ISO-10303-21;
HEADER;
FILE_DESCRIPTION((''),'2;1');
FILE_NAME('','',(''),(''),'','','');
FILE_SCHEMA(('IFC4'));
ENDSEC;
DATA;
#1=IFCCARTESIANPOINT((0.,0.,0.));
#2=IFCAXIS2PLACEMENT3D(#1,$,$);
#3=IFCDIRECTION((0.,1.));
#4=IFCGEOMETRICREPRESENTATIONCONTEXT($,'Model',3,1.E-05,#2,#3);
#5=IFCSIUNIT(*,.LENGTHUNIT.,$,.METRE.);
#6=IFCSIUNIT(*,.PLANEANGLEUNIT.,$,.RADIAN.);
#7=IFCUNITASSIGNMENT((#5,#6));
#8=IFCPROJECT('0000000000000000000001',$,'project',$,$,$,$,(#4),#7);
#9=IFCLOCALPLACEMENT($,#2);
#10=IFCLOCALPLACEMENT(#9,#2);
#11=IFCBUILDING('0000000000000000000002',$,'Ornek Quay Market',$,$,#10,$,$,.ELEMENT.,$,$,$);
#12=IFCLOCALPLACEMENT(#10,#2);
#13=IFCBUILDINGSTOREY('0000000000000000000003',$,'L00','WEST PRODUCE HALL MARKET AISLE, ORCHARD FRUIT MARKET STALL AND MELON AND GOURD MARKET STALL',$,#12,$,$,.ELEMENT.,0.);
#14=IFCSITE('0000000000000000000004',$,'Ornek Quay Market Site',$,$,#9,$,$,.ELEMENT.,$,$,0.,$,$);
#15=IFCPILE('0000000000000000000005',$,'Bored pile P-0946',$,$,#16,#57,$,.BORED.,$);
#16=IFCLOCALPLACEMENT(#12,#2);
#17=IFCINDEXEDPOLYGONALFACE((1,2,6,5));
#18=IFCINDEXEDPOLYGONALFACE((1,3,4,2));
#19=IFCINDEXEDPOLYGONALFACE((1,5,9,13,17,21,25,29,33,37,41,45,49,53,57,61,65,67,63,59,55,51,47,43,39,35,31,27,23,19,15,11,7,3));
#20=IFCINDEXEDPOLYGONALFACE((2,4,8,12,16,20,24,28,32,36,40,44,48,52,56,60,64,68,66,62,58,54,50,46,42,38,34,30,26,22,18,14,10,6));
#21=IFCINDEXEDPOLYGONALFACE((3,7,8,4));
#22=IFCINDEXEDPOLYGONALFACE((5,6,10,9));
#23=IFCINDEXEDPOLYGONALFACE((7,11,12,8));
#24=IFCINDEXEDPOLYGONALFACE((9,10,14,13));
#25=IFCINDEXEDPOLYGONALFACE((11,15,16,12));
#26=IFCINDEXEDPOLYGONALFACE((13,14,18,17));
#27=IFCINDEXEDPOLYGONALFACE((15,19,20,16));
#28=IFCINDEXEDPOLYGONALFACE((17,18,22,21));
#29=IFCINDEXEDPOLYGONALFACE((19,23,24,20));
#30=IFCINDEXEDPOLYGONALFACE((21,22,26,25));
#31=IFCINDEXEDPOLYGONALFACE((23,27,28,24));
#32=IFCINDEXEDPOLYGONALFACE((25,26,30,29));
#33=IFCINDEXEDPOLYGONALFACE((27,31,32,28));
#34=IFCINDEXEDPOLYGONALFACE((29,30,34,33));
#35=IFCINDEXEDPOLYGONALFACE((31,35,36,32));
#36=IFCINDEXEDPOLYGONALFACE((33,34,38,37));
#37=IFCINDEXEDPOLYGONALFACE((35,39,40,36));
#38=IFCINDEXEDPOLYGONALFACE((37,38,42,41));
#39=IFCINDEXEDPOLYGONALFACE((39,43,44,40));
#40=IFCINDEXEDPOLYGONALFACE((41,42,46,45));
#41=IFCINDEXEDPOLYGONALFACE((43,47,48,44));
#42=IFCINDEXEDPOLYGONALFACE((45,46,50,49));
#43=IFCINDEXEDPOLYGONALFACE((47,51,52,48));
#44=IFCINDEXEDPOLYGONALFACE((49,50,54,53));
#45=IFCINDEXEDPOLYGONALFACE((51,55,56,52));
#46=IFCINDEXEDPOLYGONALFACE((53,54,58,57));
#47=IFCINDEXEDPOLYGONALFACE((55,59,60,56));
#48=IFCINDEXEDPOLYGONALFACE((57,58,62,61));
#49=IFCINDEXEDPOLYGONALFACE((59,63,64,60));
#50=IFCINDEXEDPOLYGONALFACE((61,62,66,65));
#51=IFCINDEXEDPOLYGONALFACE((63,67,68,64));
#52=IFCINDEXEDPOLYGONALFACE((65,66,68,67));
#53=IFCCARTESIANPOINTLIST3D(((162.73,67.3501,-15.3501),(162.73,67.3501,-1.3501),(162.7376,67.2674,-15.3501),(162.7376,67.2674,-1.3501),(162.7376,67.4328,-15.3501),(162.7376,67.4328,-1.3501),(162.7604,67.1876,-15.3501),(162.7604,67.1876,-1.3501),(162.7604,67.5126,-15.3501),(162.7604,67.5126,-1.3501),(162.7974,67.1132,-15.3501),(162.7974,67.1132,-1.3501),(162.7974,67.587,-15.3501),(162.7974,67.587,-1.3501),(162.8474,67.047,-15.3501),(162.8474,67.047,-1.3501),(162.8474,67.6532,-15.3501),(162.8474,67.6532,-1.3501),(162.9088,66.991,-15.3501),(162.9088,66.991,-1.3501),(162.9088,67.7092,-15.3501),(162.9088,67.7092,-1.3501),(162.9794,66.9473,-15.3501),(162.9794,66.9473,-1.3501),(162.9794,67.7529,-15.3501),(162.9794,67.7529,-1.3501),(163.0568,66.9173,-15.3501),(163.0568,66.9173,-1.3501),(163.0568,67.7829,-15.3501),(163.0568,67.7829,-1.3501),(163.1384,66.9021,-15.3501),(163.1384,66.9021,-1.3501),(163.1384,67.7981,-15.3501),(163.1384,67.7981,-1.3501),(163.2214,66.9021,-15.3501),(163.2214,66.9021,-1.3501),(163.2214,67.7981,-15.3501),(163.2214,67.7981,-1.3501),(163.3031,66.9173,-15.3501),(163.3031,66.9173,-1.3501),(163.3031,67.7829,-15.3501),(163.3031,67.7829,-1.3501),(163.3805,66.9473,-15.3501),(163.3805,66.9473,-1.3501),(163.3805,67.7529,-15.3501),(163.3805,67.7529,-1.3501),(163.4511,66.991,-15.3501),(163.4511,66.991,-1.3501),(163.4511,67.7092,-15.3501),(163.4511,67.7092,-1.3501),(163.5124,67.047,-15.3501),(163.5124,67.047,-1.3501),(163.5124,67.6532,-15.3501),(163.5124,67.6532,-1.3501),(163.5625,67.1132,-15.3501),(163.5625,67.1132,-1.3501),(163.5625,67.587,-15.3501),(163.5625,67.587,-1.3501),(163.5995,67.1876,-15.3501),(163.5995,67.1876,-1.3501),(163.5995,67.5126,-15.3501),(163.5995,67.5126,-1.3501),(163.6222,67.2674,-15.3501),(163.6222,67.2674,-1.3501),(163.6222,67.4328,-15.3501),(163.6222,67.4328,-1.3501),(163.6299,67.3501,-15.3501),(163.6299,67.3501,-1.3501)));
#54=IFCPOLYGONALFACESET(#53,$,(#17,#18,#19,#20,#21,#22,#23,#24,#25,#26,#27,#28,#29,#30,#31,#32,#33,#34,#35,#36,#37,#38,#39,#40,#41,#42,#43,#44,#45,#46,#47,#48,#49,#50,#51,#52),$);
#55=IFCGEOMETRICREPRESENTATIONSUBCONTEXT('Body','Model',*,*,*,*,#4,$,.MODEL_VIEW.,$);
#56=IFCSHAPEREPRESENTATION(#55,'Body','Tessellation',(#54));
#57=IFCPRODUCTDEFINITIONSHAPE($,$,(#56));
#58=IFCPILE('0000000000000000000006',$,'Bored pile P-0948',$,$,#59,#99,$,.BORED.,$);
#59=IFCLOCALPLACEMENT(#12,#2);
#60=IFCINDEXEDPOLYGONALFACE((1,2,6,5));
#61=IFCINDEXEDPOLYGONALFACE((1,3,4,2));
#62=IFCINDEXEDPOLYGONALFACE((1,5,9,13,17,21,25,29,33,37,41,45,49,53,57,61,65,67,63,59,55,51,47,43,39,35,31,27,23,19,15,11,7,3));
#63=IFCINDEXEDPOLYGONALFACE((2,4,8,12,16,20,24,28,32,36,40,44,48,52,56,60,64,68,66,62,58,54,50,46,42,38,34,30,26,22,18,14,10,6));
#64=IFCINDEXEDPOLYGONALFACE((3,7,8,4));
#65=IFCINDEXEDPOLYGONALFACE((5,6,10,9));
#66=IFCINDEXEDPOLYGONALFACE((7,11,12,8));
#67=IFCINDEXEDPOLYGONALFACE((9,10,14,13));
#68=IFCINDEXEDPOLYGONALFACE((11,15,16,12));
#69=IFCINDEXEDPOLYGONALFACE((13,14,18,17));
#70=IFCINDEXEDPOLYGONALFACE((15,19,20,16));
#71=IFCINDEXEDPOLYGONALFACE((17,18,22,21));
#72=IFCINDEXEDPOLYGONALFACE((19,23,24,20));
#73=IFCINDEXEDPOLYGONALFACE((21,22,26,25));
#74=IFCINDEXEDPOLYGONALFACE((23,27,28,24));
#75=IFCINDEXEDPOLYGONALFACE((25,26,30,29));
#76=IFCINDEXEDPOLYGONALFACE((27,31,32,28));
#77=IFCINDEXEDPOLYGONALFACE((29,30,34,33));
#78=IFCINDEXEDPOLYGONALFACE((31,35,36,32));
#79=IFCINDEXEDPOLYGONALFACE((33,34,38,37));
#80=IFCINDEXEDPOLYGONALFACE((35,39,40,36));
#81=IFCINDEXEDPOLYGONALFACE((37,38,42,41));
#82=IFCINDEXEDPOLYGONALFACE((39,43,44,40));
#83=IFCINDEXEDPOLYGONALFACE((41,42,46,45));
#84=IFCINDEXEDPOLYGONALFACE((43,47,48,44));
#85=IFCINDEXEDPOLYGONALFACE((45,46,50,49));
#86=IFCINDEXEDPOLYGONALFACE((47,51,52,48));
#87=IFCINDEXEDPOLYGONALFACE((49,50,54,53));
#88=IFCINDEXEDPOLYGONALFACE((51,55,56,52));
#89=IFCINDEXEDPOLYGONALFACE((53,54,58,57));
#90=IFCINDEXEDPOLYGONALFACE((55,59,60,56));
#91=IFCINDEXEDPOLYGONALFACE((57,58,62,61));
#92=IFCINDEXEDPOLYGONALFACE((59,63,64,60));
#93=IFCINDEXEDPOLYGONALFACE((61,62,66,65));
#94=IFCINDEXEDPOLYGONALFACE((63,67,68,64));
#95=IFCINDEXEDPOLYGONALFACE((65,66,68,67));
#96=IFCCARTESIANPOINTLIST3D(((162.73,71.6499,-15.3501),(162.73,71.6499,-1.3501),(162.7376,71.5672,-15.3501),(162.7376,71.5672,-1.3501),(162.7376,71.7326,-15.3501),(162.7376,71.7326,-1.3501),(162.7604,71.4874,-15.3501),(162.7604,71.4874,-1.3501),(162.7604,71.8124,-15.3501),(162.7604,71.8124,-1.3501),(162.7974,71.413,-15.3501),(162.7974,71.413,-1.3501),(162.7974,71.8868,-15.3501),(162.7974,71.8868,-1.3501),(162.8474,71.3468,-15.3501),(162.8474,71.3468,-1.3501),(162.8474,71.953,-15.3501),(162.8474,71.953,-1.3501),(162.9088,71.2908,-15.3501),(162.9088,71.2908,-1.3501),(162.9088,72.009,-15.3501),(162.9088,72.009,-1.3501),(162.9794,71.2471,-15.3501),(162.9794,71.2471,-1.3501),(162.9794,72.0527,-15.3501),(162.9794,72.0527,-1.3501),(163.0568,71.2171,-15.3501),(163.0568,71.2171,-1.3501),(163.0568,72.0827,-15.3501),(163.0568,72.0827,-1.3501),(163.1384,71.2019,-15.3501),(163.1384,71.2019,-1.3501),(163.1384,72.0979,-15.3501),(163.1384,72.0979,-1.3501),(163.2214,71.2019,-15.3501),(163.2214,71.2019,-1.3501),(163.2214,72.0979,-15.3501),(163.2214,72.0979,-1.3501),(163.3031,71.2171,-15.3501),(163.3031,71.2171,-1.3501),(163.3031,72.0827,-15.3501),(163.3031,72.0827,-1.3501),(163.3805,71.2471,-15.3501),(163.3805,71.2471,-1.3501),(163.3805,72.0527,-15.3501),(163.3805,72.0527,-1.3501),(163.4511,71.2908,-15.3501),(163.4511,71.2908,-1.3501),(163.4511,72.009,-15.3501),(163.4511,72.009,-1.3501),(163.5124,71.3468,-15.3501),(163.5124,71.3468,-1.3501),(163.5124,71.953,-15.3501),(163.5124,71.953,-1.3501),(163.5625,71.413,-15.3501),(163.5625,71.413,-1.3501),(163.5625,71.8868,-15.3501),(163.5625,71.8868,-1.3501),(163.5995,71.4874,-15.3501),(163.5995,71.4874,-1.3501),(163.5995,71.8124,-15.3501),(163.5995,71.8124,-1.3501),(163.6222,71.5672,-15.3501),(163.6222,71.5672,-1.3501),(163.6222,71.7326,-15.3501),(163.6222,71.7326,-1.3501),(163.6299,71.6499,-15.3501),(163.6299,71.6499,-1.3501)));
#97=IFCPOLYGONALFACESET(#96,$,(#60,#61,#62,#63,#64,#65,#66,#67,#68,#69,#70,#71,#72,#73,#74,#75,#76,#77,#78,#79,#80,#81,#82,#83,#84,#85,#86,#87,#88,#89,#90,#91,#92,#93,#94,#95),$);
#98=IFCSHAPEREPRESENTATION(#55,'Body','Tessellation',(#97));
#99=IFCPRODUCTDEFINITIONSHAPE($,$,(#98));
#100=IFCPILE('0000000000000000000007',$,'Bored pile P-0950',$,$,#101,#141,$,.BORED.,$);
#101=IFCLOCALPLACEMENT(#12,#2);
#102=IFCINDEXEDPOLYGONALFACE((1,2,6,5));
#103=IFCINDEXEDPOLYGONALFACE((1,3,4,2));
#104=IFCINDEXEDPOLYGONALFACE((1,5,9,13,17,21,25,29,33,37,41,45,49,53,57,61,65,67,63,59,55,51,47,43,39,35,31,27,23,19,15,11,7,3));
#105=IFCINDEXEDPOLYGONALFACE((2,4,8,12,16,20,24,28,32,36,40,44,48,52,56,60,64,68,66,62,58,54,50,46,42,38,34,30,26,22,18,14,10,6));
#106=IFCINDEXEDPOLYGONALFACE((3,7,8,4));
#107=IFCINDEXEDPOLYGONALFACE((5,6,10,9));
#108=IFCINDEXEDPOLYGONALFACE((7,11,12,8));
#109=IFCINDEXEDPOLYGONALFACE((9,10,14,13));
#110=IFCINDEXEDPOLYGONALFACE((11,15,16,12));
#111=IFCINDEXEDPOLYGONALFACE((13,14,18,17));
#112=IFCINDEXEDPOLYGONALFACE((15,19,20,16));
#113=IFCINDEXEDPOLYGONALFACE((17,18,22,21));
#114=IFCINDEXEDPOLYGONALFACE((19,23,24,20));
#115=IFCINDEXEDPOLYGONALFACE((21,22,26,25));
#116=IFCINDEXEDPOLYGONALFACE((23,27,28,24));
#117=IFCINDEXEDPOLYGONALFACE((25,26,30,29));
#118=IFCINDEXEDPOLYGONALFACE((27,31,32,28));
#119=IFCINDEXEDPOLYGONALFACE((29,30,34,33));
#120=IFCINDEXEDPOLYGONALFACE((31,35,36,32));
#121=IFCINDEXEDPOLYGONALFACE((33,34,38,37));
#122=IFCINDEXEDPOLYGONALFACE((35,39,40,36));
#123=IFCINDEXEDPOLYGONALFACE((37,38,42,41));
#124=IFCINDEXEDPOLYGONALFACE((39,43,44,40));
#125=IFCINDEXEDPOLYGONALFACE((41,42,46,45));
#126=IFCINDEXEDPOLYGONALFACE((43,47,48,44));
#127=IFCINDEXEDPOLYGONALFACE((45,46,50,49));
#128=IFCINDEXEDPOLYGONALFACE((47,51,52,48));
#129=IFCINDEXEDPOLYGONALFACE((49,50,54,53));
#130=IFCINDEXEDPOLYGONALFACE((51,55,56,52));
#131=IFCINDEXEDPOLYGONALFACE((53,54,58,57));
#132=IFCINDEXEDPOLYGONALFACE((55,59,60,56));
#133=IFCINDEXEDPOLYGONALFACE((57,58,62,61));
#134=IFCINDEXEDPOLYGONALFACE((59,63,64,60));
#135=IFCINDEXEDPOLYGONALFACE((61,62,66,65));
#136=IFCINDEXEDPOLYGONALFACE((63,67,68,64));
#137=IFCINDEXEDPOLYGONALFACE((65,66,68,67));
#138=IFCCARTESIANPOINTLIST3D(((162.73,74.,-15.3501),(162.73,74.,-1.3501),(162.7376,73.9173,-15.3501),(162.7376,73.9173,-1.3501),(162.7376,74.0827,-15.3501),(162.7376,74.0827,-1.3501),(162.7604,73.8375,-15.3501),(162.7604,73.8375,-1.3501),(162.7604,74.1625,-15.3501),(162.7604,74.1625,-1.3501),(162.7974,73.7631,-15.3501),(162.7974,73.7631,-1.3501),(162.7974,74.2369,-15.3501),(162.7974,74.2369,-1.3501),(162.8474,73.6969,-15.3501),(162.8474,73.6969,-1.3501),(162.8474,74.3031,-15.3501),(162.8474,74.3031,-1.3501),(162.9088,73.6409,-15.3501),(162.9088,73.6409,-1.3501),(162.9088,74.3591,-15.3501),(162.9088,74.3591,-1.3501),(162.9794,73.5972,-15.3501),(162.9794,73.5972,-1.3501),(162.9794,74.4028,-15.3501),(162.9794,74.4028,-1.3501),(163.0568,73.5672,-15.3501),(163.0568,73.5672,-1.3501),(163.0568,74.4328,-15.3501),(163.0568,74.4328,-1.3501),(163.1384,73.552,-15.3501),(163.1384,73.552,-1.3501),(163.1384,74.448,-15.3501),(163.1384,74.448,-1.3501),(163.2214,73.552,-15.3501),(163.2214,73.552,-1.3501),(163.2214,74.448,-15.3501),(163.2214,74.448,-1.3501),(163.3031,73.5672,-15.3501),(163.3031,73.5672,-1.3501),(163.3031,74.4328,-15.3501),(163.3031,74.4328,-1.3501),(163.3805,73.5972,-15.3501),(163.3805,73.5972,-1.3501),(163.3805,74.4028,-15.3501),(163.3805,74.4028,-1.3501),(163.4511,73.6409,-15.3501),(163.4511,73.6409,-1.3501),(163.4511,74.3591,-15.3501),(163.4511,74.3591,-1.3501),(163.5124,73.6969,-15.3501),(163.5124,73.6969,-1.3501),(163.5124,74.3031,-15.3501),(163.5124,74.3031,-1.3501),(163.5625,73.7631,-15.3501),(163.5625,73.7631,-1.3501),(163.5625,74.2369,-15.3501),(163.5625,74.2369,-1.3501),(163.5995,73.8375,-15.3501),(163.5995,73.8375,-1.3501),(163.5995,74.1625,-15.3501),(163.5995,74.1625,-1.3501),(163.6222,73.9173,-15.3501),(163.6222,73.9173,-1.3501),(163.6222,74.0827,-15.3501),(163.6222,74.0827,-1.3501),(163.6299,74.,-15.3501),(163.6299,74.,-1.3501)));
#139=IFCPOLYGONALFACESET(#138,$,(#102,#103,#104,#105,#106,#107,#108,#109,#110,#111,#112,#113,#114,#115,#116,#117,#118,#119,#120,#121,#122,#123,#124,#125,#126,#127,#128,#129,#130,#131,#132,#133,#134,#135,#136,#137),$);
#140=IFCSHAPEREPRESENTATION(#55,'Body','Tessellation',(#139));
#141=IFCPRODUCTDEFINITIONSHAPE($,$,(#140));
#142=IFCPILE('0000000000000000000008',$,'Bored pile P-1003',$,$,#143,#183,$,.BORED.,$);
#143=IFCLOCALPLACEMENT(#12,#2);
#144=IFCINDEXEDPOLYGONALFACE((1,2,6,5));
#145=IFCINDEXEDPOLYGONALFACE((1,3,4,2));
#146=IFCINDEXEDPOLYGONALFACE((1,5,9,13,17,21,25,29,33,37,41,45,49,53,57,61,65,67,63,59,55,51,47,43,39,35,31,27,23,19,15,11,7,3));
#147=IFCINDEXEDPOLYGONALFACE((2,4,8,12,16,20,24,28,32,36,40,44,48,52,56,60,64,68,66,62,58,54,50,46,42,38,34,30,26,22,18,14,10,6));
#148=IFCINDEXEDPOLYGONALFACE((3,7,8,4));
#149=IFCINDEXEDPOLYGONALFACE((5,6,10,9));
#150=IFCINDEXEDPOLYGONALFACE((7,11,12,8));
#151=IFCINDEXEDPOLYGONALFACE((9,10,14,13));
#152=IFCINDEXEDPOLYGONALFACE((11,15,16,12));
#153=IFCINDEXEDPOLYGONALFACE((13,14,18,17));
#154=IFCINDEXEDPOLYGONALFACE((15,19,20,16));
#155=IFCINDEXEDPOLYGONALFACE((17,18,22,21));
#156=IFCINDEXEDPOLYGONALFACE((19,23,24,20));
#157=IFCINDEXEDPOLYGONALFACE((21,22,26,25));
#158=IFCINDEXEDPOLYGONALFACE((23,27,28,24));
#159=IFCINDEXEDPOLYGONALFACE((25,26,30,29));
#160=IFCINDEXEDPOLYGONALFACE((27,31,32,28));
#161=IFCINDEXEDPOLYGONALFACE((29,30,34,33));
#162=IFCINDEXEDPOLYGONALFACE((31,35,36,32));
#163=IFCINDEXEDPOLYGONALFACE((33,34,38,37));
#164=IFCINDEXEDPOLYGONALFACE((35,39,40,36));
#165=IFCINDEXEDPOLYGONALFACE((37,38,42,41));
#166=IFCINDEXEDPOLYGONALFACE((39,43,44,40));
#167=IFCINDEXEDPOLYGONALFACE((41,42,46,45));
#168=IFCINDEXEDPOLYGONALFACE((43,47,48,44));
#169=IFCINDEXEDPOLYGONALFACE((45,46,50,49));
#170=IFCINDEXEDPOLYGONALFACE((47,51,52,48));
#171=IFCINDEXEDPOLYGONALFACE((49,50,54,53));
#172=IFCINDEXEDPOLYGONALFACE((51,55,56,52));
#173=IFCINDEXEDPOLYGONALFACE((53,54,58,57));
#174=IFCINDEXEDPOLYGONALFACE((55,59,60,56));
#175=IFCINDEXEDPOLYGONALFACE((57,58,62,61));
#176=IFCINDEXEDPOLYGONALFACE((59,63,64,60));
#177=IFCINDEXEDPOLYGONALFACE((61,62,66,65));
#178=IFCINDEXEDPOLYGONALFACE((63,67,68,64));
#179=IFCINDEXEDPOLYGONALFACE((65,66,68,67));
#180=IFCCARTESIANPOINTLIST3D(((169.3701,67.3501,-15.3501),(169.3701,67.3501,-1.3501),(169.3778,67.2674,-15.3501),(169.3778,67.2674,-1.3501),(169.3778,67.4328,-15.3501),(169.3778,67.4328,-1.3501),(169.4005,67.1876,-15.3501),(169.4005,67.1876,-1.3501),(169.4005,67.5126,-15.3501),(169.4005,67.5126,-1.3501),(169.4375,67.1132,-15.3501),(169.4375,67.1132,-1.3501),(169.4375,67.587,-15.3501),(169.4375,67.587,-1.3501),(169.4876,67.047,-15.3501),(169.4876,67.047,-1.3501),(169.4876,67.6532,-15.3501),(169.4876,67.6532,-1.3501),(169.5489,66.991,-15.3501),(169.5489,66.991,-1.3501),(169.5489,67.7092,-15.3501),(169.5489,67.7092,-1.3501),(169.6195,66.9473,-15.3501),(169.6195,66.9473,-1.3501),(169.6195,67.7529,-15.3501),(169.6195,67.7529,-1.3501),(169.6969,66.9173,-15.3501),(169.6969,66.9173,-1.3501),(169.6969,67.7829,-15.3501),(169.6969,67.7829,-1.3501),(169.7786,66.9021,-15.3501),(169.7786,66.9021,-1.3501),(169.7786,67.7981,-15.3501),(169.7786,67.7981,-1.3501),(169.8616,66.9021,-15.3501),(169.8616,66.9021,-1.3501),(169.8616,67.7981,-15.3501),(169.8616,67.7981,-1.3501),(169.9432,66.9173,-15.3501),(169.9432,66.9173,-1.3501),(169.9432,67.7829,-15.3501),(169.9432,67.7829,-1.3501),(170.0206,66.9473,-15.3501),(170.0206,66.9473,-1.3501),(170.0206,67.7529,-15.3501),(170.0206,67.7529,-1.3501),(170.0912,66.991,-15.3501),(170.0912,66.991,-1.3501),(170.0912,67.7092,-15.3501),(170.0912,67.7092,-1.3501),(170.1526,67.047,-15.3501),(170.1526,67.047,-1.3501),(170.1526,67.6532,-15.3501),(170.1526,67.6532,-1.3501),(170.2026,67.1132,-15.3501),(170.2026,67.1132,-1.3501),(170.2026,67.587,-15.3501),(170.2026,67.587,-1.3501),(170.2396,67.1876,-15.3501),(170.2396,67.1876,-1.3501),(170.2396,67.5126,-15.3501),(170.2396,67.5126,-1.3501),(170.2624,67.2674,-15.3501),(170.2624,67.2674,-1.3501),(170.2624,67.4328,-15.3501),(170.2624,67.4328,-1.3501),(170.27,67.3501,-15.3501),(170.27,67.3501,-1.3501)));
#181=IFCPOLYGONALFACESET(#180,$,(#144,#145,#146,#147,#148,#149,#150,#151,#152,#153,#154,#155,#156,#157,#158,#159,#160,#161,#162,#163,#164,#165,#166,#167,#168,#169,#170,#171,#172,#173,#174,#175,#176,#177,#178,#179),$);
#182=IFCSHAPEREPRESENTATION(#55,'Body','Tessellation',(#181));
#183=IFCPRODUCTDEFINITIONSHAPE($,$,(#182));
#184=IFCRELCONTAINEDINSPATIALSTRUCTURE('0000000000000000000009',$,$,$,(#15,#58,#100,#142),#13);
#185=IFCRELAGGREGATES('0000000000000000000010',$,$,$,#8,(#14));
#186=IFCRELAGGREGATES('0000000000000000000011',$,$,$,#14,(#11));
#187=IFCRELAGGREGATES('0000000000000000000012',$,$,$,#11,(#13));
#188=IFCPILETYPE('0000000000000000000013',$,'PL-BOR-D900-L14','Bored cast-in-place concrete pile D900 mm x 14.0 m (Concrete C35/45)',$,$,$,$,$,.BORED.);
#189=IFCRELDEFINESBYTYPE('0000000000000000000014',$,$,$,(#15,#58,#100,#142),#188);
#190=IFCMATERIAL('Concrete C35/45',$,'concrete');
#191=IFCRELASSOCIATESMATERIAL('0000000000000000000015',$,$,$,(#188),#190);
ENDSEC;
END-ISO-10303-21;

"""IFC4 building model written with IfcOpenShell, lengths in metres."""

from ifc_helpers import new_model, si_unit, direction, frame, origin, origin_2d, place, context, subcontext, project, spatial, circle, extrude, material, material_profile, profile_set, type_object, element, save


model = new_model("IFC4")

# Units and contexts
model_context = context("Model", 3, precision=1e-05, world=origin(), true_north=direction((0.0, 1.0)))
body_context = subcontext(model_context, "Body", "Model", "MODEL_VIEW")
ifc_project = project(units=[si_unit("LENGTHUNIT", "METRE"), si_unit("PLANEANGLEUNIT", "RADIAN")], contexts=[model_context])

# Site, building, storey
site_placement = place(None, origin())
site = spatial("IfcSite", under=ifc_project, at=site_placement, Name="Ornek Quay Market Site", CompositionType="ELEMENT", RefElevation=0.0)
building_placement = place(site_placement, origin())
building = spatial("IfcBuilding", under=site, at=building_placement, Name="Ornek Quay Market", CompositionType="ELEMENT")
storey_placement = place(building_placement, origin())
storey = spatial("IfcBuildingStorey", under=building, at=storey_placement, Name="L00", Description="WEST PRODUCE HALL MARKET AISLE, ORCHARD FRUIT MARKET STALL AND MELON AND GOURD MARKET STALL", CompositionType="ELEMENT", Elevation=0.0)

# Piles
ifc_material_1 = material(Name="Concrete C35/45", Category="concrete")
ifc_material_profile_1 = material_profile(ifc_material_1, circle(Radius=0.45, at=origin_2d()), Name="PILE D900", Category="concrete")
ifc_profile_set_1 = profile_set([ifc_material_profile_1], Name="Concrete C35/45")
pile_type = type_object("IfcPileType", Name="PL-BOR-D900-L14", Description="Bored cast-in-place concrete pile D900 mm x 14.0 m (Concrete C35/45)", PredefinedType="BORED", material=ifc_profile_set_1)
for number, where, z_axis, x_axis, name in (
    (1, (163.1799, 67.3501, -1.3501), (0.0, 0.0, -1.0), (1.0, 0.0, 0.0), "Bored pile P-0946"),
    (2, (163.1799, 71.6499, -1.3501), (0.0, 0.0, -1.0), (1.0, 0.0, 0.0), "Bored pile P-0948"),
    (3, (163.1799, 74.0, -1.3501), (0.0, 0.0, -1.0), (1.0, 0.0, 0.0), "Bored pile P-0950"),
    (4, (169.8201, 67.3501, -1.3501), (0.0, 0.0, -1.0), (1.0, 0.0, 0.0), "Bored pile P-1003"),
):
    element("IfcPile", number, at=place(storey_placement, frame(where, z_axis=z_axis, x_axis=x_axis)), inside=storey, type_object=pile_type, Name=name, PredefinedType="BORED", context=body_context, shape_type="SweptSolid", body=[
        extrude(circle(Radius=0.45, at=origin_2d()), origin(), (0.0, 0.0, 1.0), 14.0),
    ])

save(model, "model.ifc")
